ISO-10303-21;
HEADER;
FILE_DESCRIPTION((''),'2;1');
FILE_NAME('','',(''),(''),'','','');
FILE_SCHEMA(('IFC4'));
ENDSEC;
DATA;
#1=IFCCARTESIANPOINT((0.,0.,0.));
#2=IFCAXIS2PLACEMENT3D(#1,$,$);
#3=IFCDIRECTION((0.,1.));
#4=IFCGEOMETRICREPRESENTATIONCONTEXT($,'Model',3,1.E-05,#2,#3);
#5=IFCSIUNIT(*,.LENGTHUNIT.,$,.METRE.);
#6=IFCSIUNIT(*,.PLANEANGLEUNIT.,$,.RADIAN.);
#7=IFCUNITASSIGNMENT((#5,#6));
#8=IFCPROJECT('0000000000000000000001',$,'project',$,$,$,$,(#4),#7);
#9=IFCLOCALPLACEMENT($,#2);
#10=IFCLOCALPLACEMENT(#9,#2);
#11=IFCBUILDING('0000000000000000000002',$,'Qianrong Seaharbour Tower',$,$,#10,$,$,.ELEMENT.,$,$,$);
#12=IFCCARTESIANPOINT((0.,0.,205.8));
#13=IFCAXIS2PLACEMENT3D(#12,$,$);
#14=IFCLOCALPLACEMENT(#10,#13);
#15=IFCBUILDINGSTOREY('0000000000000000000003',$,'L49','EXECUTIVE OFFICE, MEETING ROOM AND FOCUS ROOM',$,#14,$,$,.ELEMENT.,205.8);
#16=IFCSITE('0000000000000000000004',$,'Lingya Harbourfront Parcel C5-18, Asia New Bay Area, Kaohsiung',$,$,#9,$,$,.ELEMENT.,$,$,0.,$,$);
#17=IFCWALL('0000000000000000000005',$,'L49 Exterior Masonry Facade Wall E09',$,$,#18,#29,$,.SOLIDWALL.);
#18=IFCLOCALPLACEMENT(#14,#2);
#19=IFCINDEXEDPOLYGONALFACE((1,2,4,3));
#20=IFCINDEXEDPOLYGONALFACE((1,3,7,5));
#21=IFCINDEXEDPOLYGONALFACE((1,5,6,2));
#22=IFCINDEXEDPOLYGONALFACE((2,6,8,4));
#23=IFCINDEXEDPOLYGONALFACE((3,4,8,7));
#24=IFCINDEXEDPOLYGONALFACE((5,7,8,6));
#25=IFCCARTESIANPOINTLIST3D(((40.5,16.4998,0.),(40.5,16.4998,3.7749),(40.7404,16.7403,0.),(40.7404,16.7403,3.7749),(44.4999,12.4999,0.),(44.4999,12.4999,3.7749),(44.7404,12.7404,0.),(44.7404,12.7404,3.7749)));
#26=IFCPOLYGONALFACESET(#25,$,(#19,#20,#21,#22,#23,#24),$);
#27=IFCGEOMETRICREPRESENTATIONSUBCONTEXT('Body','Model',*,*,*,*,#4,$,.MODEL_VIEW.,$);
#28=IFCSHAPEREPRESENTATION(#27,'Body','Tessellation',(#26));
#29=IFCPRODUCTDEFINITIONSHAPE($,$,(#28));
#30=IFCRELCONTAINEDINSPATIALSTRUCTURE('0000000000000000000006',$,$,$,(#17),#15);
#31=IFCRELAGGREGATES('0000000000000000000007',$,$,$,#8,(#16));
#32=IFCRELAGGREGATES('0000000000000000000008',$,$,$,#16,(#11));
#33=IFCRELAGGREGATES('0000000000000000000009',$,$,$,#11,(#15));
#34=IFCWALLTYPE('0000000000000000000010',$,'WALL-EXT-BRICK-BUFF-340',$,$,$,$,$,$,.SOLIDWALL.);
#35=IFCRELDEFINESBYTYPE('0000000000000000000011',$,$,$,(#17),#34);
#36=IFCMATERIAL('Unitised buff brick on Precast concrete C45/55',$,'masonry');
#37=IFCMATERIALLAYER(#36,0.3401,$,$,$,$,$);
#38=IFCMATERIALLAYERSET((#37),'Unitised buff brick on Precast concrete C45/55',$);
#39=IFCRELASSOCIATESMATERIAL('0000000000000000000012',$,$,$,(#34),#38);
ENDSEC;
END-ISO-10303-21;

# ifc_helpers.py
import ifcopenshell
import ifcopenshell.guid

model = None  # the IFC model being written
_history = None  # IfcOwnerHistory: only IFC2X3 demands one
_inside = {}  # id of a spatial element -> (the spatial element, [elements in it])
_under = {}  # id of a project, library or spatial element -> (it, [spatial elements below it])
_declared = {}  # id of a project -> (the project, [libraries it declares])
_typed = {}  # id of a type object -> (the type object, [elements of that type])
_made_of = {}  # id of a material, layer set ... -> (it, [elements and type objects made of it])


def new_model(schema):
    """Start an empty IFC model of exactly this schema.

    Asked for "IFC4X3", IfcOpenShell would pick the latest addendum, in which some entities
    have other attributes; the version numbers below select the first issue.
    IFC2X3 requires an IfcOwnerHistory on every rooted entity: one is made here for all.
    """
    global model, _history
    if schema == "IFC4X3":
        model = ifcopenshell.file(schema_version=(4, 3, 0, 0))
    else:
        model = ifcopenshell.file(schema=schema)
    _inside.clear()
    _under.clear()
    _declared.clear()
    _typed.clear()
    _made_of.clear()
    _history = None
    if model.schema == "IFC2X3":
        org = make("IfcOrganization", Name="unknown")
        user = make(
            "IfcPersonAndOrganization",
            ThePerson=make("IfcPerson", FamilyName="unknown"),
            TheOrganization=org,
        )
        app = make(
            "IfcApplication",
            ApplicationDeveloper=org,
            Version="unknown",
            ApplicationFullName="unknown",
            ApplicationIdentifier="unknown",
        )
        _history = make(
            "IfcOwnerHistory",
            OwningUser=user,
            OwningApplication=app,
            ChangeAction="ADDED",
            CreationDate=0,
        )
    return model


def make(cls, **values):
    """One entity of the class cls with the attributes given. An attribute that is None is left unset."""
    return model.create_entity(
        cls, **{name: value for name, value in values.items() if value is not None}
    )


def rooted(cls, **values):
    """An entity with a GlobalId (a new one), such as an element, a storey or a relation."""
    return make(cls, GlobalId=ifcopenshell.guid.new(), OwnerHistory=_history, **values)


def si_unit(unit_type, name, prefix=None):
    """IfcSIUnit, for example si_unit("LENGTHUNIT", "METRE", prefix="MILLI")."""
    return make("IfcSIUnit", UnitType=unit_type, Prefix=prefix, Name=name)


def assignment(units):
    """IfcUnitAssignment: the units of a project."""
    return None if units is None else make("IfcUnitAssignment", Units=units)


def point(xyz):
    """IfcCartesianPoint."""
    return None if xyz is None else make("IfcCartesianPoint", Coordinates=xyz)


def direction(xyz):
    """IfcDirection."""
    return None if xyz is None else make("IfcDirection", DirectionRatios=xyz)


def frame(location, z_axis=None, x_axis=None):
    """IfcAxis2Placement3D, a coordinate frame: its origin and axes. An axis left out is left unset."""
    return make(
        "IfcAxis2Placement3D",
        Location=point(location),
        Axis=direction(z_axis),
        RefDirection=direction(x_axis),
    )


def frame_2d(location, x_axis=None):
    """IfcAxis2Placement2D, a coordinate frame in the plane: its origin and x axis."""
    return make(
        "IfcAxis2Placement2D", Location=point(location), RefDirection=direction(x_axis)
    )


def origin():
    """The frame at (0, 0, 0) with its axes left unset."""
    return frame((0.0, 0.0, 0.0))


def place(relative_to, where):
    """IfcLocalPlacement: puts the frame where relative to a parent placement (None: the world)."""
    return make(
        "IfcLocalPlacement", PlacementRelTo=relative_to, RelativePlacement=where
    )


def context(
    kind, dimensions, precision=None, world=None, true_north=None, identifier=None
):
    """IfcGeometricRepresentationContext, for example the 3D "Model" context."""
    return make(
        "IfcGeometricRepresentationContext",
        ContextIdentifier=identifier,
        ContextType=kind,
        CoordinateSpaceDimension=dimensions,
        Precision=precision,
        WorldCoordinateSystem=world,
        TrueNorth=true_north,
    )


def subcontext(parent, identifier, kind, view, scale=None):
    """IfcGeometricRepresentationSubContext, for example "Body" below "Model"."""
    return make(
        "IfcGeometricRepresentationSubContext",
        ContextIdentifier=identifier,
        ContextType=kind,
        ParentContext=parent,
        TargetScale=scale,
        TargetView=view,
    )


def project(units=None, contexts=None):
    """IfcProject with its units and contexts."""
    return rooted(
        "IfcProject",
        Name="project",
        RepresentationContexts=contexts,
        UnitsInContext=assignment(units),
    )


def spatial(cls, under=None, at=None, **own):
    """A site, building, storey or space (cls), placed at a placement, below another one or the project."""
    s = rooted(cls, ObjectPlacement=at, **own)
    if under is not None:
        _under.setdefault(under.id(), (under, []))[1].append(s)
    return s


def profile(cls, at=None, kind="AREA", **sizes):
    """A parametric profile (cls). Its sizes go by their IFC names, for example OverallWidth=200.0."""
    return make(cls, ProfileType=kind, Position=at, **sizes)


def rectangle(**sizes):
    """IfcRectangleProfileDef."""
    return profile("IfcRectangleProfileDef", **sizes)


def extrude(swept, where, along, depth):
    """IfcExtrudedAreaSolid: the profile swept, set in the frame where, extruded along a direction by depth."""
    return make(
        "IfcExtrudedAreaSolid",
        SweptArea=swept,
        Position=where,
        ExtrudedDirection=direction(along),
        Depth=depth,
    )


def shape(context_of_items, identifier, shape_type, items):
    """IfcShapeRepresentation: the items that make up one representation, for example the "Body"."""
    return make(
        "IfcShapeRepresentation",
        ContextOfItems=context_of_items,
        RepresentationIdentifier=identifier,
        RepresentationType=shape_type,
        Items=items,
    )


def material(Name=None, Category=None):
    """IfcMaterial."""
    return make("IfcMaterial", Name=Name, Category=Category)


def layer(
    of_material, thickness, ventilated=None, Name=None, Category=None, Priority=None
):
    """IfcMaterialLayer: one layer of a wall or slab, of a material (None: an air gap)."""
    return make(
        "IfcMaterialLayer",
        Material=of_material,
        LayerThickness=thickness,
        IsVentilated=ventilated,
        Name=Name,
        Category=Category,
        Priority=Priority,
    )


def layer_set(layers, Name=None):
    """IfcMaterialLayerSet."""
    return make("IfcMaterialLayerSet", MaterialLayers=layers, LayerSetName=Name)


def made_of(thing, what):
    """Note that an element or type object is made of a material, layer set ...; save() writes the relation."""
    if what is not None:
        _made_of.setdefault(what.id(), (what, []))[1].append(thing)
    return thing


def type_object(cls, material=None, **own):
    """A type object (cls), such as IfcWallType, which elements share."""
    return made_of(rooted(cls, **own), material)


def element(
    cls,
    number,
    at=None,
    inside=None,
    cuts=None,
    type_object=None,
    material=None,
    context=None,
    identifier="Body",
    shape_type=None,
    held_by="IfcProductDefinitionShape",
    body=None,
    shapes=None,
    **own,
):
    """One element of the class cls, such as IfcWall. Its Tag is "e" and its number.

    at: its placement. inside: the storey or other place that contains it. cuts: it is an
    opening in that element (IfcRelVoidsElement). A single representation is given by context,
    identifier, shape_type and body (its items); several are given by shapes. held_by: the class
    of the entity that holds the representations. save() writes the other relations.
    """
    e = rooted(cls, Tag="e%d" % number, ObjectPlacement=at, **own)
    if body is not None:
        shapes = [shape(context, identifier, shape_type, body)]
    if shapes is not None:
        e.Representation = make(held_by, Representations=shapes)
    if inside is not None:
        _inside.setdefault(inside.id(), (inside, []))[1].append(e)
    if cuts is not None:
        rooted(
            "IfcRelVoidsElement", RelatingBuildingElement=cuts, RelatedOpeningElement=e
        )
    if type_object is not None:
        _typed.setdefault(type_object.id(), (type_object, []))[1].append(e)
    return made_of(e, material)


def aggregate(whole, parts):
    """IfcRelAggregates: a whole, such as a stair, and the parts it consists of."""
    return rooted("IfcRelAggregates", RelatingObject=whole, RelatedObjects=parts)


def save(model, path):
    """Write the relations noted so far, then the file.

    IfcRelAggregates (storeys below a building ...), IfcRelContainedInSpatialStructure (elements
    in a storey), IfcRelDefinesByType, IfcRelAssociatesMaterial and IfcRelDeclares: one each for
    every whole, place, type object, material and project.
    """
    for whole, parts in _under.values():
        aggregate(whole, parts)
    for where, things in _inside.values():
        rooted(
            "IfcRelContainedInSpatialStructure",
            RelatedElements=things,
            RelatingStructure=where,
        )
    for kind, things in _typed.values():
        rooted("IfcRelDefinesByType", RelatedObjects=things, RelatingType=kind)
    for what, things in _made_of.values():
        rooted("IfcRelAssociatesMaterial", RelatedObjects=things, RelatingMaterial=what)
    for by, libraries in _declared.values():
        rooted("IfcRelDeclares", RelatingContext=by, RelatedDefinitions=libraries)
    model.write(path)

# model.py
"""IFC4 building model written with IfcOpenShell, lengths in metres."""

from ifc_helpers import new_model, si_unit, direction, frame, frame_2d, origin, place, context, subcontext, project, spatial, rectangle, extrude, material, layer, layer_set, type_object, element, save


model = new_model("IFC4")

# Units and contexts
model_context = context("Model", 3, precision=1e-05, world=origin(), true_north=direction((0.0, 1.0)))
body_context = subcontext(model_context, "Body", "Model", "MODEL_VIEW")
ifc_project = project(units=[si_unit("LENGTHUNIT", "METRE"), si_unit("PLANEANGLEUNIT", "RADIAN")], contexts=[model_context])

# Site, building, storey
site_placement = place(None, origin())
site = spatial("IfcSite", under=ifc_project, at=site_placement, Name="Lingya Harbourfront Parcel C5-18, Asia New Bay Area, Kaohsiung", CompositionType="ELEMENT", RefElevation=0.0)
building_placement = place(site_placement, origin())
building = spatial("IfcBuilding", under=site, at=building_placement, Name="Qianrong Seaharbour Tower", CompositionType="ELEMENT")
storey_placement = place(building_placement, frame((0.0, 0.0, 205.8)))
storey = spatial("IfcBuildingStorey", under=building, at=storey_placement, Name="L49", Description="EXECUTIVE OFFICE, MEETING ROOM AND FOCUS ROOM", CompositionType="ELEMENT", Elevation=205.8)

# Shared definitions
ifc_material_1 = material(Name="Unitised buff brick on Precast concrete C45/55", Category="masonry")
ifc_layer_1 = layer(ifc_material_1, 0.3401)
ifc_layer_set_1 = layer_set([ifc_layer_1], Name="Unitised buff brick on Precast concrete C45/55")
wall_type_1 = type_object("IfcWallType", Name="WALL-EXT-BRICK-BUFF-340", PredefinedType="SOLIDWALL", material=ifc_layer_set_1)

# Wall
wall_1_placement = place(storey_placement, frame((44.6201, 12.6201, 0.0), z_axis=(0.0, 0.0, 1.0), x_axis=(-0.707107, 0.707107, 0.0)))
element("IfcWall", 1, at=wall_1_placement, inside=storey, type_object=wall_type_1, Name="L49 Exterior Masonry Facade Wall E09", PredefinedType="SOLIDWALL", context=body_context, shape_type="SweptSolid", body=[
    extrude(rectangle(XDim=5.6567, YDim=0.3401, at=frame_2d((2.8284, 0.0))), origin(), (0.0, 0.0, 1.0), 3.7749),
])

save(model, "model.ifc")
